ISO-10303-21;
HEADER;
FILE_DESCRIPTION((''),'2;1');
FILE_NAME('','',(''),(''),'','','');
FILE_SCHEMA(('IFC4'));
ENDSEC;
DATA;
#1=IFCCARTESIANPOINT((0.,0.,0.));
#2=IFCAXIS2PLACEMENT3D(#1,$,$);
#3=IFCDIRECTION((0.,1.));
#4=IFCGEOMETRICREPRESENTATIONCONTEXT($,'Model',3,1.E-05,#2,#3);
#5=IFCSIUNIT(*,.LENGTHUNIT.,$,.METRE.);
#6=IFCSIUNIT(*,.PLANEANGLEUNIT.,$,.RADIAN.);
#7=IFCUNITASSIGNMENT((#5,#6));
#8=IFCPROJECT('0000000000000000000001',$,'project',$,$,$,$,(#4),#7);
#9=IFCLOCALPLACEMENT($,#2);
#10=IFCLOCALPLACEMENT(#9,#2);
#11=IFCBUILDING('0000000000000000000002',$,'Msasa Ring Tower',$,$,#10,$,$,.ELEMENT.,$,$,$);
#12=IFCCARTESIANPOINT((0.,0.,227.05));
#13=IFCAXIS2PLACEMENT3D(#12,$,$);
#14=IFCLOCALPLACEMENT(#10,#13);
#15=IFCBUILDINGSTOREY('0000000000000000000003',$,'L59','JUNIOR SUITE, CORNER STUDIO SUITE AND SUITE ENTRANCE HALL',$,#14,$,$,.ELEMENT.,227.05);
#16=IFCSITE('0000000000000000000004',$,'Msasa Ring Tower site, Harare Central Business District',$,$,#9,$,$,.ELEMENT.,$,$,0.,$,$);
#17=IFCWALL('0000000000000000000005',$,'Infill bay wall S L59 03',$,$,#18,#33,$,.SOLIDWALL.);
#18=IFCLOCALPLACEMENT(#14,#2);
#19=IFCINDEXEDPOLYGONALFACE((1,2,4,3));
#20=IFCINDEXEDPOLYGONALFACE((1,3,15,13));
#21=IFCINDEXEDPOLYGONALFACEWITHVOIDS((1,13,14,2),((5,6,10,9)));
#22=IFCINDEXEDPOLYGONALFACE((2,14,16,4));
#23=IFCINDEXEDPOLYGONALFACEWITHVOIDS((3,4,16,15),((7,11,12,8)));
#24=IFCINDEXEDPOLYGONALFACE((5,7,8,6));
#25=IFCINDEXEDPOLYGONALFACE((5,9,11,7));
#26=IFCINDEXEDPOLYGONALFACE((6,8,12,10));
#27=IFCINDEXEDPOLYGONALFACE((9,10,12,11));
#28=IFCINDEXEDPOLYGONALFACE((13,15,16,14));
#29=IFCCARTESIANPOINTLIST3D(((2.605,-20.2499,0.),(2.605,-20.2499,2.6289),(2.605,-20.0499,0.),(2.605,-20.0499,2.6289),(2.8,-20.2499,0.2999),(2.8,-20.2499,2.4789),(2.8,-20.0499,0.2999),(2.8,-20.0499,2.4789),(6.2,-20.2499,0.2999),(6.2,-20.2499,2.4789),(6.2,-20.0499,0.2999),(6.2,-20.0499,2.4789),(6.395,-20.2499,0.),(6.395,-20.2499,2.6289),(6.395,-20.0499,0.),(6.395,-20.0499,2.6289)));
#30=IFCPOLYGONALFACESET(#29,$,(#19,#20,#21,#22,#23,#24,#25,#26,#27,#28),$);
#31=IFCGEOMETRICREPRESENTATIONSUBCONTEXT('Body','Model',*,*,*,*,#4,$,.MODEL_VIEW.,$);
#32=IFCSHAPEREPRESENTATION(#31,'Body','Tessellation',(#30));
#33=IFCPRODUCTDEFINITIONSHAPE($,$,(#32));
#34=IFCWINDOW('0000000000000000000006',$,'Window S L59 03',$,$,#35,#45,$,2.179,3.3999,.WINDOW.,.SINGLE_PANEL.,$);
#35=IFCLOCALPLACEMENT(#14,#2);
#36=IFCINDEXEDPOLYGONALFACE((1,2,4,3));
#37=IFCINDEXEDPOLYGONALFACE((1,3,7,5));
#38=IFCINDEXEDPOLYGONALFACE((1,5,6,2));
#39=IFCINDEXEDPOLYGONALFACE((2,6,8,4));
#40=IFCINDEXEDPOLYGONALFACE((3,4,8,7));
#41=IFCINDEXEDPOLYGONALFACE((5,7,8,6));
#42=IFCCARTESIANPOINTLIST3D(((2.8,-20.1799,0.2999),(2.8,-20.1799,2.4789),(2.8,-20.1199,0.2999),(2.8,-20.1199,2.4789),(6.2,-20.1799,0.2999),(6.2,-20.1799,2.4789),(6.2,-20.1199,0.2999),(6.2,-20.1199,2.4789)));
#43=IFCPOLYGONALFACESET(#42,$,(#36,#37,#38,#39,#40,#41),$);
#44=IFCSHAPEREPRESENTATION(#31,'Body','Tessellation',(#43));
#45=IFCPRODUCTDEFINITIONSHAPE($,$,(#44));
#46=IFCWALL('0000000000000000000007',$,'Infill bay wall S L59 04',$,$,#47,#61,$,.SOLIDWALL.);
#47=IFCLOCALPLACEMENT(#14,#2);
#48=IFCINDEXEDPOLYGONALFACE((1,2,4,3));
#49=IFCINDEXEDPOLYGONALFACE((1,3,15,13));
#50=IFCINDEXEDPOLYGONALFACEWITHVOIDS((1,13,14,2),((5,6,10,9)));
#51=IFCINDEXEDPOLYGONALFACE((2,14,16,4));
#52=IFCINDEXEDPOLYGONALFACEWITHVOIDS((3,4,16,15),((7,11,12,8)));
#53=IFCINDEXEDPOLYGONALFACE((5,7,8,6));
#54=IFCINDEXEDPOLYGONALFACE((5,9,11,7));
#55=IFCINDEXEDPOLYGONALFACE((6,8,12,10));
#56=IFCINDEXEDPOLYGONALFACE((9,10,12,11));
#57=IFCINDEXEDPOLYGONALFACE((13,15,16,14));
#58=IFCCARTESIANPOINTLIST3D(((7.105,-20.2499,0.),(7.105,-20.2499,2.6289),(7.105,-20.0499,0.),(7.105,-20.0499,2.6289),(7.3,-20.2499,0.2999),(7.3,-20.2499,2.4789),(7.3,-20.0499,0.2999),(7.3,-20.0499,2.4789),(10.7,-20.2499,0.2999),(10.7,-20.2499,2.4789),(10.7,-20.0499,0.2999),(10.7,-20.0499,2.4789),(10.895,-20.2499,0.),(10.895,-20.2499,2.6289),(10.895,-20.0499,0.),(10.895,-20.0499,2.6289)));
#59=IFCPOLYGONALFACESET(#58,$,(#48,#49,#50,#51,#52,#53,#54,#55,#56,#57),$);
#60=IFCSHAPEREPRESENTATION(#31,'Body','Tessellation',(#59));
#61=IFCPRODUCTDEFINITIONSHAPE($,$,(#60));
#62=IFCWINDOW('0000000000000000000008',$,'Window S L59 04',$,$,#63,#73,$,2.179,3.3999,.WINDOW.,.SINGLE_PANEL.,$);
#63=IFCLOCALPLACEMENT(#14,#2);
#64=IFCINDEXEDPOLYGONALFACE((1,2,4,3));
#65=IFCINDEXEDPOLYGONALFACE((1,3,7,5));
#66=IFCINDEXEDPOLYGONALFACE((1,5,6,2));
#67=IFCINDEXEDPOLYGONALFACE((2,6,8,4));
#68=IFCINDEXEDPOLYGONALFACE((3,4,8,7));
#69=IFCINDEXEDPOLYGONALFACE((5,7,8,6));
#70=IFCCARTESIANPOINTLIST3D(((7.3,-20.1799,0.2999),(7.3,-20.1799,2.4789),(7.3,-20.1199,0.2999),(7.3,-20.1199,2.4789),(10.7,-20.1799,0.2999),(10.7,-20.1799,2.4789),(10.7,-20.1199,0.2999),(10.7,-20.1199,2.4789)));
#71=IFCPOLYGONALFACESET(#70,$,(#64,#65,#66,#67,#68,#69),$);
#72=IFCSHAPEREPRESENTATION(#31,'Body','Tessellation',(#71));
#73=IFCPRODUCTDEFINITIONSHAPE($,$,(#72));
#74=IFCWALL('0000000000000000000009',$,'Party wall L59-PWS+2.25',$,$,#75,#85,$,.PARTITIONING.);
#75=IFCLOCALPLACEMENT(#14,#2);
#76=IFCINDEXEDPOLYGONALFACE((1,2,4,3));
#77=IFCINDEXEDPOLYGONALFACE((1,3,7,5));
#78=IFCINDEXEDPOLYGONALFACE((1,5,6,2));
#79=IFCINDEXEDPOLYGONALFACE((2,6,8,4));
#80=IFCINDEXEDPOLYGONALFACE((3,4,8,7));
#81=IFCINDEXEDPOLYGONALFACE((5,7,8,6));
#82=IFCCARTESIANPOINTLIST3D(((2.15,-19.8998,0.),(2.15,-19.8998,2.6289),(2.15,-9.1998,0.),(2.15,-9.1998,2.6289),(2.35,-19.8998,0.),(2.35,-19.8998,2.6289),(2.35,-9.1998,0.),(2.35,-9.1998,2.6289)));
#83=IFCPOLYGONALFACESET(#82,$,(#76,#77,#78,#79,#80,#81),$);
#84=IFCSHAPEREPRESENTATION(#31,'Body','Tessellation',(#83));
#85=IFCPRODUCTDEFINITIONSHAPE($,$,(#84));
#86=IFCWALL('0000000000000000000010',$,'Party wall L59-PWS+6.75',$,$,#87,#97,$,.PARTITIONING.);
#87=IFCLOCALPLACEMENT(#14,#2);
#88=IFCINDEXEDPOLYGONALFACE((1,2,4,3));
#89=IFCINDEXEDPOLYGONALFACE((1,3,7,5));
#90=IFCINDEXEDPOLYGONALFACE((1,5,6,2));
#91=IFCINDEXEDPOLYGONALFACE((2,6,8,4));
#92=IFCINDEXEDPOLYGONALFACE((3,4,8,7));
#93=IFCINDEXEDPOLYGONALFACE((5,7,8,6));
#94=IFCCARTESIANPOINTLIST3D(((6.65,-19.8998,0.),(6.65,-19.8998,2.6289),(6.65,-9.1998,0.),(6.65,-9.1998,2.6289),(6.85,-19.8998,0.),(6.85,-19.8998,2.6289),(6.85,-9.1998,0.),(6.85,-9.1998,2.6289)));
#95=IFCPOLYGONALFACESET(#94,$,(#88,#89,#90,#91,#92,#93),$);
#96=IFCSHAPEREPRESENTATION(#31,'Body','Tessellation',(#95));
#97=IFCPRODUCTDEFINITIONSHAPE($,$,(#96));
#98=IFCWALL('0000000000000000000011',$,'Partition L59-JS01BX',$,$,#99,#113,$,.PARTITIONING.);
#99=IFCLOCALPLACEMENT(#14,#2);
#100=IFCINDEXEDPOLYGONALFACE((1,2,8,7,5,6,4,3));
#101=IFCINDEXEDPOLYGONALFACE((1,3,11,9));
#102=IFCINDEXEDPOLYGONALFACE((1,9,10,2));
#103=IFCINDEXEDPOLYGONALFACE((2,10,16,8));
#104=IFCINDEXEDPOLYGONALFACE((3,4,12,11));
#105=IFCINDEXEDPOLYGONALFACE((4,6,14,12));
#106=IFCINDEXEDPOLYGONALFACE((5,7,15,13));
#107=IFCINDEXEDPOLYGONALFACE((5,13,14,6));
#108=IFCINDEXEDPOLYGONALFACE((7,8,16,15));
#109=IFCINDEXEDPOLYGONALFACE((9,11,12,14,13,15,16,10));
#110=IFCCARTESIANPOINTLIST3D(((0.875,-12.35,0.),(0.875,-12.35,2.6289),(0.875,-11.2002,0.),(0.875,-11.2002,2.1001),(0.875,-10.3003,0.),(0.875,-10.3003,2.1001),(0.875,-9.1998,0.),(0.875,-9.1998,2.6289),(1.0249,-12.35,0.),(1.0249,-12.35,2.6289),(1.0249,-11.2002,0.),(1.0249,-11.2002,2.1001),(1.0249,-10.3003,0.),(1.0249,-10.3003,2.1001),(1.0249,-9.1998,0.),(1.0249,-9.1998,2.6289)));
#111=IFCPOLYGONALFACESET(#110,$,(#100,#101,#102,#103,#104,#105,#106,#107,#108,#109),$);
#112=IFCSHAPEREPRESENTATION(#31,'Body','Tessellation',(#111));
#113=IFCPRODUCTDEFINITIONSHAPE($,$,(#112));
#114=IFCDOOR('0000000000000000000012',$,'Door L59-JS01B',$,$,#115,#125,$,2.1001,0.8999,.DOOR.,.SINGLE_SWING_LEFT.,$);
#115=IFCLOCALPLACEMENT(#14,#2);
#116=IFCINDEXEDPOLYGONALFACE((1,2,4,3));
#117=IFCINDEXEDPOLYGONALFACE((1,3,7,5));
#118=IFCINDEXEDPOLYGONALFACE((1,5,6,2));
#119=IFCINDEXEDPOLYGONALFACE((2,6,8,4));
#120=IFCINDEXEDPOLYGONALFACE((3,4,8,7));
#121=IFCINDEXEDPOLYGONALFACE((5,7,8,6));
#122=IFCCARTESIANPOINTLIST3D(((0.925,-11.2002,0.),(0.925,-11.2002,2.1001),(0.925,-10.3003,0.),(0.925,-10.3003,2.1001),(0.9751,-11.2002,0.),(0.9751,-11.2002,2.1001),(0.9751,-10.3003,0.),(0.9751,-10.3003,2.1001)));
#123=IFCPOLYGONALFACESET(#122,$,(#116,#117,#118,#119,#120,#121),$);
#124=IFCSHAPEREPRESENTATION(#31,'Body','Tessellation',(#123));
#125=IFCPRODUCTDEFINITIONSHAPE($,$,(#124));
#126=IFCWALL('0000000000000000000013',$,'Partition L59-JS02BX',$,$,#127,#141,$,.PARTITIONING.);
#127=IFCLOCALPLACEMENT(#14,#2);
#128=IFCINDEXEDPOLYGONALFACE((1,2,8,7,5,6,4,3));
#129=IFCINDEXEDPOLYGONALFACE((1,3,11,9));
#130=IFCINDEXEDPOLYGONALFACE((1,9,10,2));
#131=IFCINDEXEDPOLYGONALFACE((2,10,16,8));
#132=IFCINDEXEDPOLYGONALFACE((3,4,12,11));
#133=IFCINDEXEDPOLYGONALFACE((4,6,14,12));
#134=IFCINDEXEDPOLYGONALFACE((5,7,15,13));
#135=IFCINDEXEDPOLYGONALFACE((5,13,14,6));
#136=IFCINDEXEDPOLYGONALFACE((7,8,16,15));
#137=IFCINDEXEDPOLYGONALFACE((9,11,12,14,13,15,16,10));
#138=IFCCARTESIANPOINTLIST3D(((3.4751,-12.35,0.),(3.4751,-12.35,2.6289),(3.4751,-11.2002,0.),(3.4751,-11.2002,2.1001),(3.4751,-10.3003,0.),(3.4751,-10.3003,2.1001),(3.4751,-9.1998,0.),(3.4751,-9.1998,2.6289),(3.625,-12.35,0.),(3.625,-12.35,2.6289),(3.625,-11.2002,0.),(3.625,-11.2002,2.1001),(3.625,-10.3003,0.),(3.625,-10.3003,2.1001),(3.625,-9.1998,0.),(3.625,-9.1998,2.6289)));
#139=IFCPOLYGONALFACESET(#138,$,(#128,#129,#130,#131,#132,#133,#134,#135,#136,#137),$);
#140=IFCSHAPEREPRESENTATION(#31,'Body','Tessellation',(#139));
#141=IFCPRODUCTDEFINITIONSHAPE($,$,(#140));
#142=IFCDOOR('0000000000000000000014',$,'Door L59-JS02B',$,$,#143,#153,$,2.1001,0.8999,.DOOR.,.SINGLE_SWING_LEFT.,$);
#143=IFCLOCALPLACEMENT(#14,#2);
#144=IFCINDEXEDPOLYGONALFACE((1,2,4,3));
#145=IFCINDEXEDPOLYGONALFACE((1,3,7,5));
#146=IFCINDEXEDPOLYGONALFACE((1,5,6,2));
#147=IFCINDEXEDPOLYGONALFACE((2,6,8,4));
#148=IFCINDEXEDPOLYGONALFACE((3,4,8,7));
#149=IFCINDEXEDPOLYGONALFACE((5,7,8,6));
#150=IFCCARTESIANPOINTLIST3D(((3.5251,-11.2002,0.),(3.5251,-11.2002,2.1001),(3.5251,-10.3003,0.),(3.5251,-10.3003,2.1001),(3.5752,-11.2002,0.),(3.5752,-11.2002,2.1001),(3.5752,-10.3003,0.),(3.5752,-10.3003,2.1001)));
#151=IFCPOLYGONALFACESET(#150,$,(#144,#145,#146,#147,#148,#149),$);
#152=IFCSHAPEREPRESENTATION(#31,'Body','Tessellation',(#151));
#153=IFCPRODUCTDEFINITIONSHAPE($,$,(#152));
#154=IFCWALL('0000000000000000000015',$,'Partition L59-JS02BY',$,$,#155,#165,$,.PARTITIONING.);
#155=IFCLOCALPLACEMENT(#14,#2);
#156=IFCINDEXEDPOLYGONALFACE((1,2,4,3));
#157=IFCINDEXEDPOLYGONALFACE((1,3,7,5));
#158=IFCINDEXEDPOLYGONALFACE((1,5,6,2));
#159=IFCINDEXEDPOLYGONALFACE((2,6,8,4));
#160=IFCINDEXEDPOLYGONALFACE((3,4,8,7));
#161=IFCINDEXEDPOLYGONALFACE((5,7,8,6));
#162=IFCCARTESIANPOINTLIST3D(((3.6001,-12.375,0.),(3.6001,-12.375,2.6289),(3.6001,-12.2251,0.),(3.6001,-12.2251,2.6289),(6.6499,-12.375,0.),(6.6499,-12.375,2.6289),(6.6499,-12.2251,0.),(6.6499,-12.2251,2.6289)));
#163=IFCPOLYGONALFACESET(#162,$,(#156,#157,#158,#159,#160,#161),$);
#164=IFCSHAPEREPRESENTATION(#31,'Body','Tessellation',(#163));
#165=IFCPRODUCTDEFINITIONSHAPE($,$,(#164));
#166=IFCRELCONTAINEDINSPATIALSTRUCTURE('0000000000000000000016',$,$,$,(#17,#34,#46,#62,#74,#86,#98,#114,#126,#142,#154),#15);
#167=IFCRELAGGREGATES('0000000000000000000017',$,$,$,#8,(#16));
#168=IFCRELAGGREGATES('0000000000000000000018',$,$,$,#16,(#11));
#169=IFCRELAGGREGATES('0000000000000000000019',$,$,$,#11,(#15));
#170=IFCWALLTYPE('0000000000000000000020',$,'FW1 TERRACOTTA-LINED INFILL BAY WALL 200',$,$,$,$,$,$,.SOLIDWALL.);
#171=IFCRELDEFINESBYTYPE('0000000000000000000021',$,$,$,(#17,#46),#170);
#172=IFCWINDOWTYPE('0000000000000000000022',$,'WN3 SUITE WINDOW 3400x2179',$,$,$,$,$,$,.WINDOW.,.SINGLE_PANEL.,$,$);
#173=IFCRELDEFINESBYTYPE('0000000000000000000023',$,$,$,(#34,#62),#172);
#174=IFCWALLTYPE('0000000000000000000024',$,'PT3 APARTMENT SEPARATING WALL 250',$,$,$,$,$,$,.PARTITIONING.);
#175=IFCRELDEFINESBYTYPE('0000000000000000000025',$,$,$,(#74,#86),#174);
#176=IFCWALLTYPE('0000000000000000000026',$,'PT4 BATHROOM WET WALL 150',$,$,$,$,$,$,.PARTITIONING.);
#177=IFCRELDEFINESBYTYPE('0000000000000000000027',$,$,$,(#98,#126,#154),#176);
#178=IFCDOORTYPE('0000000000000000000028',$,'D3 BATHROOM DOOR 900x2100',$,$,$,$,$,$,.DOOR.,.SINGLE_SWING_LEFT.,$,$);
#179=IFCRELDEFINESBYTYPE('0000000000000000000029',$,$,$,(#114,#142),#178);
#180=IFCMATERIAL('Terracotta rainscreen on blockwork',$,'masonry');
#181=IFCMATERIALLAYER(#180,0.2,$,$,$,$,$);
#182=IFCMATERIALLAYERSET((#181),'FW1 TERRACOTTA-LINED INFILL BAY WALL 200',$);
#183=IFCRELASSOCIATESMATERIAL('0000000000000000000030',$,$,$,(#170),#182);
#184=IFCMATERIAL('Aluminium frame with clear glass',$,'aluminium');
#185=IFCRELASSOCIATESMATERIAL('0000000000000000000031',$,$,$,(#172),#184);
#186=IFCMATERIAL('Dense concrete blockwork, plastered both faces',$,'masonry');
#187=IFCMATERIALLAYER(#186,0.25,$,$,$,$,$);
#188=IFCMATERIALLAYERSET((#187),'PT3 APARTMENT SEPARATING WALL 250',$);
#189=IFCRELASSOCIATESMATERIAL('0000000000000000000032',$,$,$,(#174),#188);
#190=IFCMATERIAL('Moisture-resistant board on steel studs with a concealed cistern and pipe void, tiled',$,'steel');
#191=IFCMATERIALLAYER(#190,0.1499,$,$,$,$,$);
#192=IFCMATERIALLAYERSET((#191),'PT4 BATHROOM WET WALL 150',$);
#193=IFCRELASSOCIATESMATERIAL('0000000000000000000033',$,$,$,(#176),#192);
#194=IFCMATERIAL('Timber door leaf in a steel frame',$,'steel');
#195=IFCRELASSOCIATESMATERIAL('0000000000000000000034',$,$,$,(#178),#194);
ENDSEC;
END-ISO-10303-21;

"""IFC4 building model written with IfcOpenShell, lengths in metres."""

from ifc_helpers import new_model, si_unit, direction, frame, frame_2d, origin, place, context, subcontext, project, spatial, rectangle, extrude, material, layer, layer_set, type_object, element, fill, save


model = new_model("IFC4")

# Units and contexts
model_context = context("Model", 3, precision=1e-05, world=origin(), true_north=direction((0.0, 1.0)))
body_context = subcontext(model_context, "Body", "Model", "MODEL_VIEW")
ifc_project = project(units=[si_unit("LENGTHUNIT", "METRE"), si_unit("PLANEANGLEUNIT", "RADIAN")], contexts=[model_context])

# Site, building, storey
site_placement = place(None, origin())
site = spatial("IfcSite", under=ifc_project, at=site_placement, Name="Msasa Ring Tower site, Harare Central Business District", CompositionType="ELEMENT", RefElevation=0.0)
building_placement = place(site_placement, origin())
building = spatial("IfcBuilding", under=site, at=building_placement, Name="Msasa Ring Tower", CompositionType="ELEMENT")
storey_placement = place(building_placement, frame((0.0, 0.0, 227.05)))
storey = spatial("IfcBuildingStorey", under=building, at=storey_placement, Name="L59", Description="JUNIOR SUITE, CORNER STUDIO SUITE AND SUITE ENTRANCE HALL", CompositionType="ELEMENT", Elevation=227.05)

# Walls, openings, windows
ifc_material_1 = material(Name="Terracotta rainscreen on blockwork", Category="masonry")
ifc_layer_1 = layer(ifc_material_1, 0.2)
ifc_layer_set_1 = layer_set([ifc_layer_1], Name="FW1 TERRACOTTA-LINED INFILL BAY WALL 200")
wall_type_1 = type_object("IfcWallType", Name="FW1 TERRACOTTA-LINED INFILL BAY WALL 200", PredefinedType="SOLIDWALL", material=ifc_layer_set_1)
wall_1_placement = place(storey_placement, frame((2.605, -20.1499, 0.0), z_axis=(0.0, 0.0, 1.0), x_axis=(1.0, 0.0, 0.0)))
wall_1 = element("IfcWall", 1, at=wall_1_placement, inside=storey, type_object=wall_type_1, Name="Infill bay wall S L59 03", PredefinedType="SOLIDWALL", context=body_context, shape_type="SweptSolid", body=[
    extrude(rectangle(XDim=3.79, YDim=0.2, at=frame_2d((1.895, 0.0))), origin(), (0.0, 0.0, 1.0), 2.6289),
])
opening_1_placement = place(wall_1_placement, frame((0.1951, 0.0, 0.3)))
opening_1 = element("IfcOpeningElement", 2, at=opening_1_placement, cuts=wall_1, PredefinedType="OPENING", context=body_context, shape_type="SweptSolid", body=[
    extrude(rectangle(XDim=3.3999, YDim=2.179, at=frame_2d((1.7, 1.0894))), frame((0.0, 0.1099, 0.0), z_axis=(0.0, -1.0, 0.0), x_axis=(1.0, 0.0, 0.0)), (0.0, 0.0, 1.0), 0.22),
])
ifc_material_2 = material(Name="Aluminium frame with clear glass", Category="aluminium")
window_type = type_object("IfcWindowType", Name="WN3 SUITE WINDOW 3400x2179", PartitioningType="SINGLE_PANEL", PredefinedType="WINDOW", material=ifc_material_2)
window_1_placement = place(opening_1_placement, origin())
window_1 = element("IfcWindow", 3, at=window_1_placement, inside=storey, type_object=window_type, Name="Window S L59 03", OverallHeight=2.179, OverallWidth=3.3999, PartitioningType="SINGLE_PANEL", PredefinedType="WINDOW", context=body_context, shape_type="SweptSolid", body=[
    extrude(rectangle(XDim=3.3999, YDim=2.179, at=frame_2d((1.7, 1.0894))), frame((0.0, 0.03, 0.0), z_axis=(0.0, -1.0, 0.0), x_axis=(1.0, 0.0, 0.0)), (0.0, 0.0, 1.0), 0.0601),
])
fill(opening_1, window_1)
wall_2_placement = place(storey_placement, frame((7.105, -20.1499, 0.0), z_axis=(0.0, 0.0, 1.0), x_axis=(1.0, 0.0, 0.0)))
wall_2 = element("IfcWall", 4, at=wall_2_placement, inside=storey, type_object=wall_type_1, Name="Infill bay wall S L59 04", PredefinedType="SOLIDWALL", context=body_context, shape_type="SweptSolid", body=[
    extrude(rectangle(XDim=3.79, YDim=0.2, at=frame_2d((1.895, 0.0))), origin(), (0.0, 0.0, 1.0), 2.6289),
])
opening_2_placement = place(wall_2_placement, frame((0.1951, 0.0, 0.3)))
opening_2 = element("IfcOpeningElement", 5, at=opening_2_placement, cuts=wall_2, PredefinedType="OPENING", context=body_context, shape_type="SweptSolid", body=[
    extrude(rectangle(XDim=3.3999, YDim=2.179, at=frame_2d((1.7, 1.0894))), frame((0.0, 0.1099, 0.0), z_axis=(0.0, -1.0, 0.0), x_axis=(1.0, 0.0, 0.0)), (0.0, 0.0, 1.0), 0.22),
])
window_2_placement = place(opening_2_placement, origin())
window_2 = element("IfcWindow", 6, at=window_2_placement, inside=storey, type_object=window_type, Name="Window S L59 04", OverallHeight=2.179, OverallWidth=3.3999, PartitioningType="SINGLE_PANEL", PredefinedType="WINDOW", context=body_context, shape_type="SweptSolid", body=[
    extrude(rectangle(XDim=3.3999, YDim=2.179, at=frame_2d((1.7, 1.0894))), frame((0.0, 0.03, 0.0), z_axis=(0.0, -1.0, 0.0), x_axis=(1.0, 0.0, 0.0)), (0.0, 0.0, 1.0), 0.0601),
])
fill(opening_2, window_2)

# Walls
ifc_material_3 = material(Name="Dense concrete blockwork, plastered both faces", Category="masonry")
ifc_layer_2 = layer(ifc_material_3, 0.25)
ifc_layer_set_2 = layer_set([ifc_layer_2], Name="PT3 APARTMENT SEPARATING WALL 250")
wall_type_2 = type_object("IfcWallType", Name="PT3 APARTMENT SEPARATING WALL 250", PredefinedType="PARTITIONING", material=ifc_layer_set_2)
for number, where, z_axis, x_axis, name in (
    (7, (2.25, -19.8999, 0.0), (0.0, 0.0, 1.0), (0.0, 1.0, 0.0), "Party wall L59-PWS+2.25"),
    (8, (6.75, -19.8999, 0.0), (0.0, 0.0, 1.0), (0.0, 1.0, 0.0), "Party wall L59-PWS+6.75"),
):
    element("IfcWall", number, at=place(storey_placement, frame(where, z_axis=z_axis, x_axis=x_axis)), inside=storey, type_object=wall_type_2, Name=name, PredefinedType="PARTITIONING", context=body_context, shape_type="SweptSolid", body=[
        extrude(rectangle(XDim=10.7, YDim=0.2, at=frame_2d((5.3501, 0.0))), origin(), (0.0, 0.0, 1.0), 2.6289),
    ])

# Walls, openings, doors
ifc_material_4 = material(Name="Moisture-resistant board on steel studs with a concealed cistern and pipe void, tiled", Category="steel")
ifc_layer_3 = layer(ifc_material_4, 0.1499)
ifc_layer_set_3 = layer_set([ifc_layer_3], Name="PT4 BATHROOM WET WALL 150")
wall_type_3 = type_object("IfcWallType", Name="PT4 BATHROOM WET WALL 150", PredefinedType="PARTITIONING", material=ifc_layer_set_3)
wall_3_placement = place(storey_placement, frame((0.95, -12.3501, 0.0), z_axis=(0.0, 0.0, 1.0), x_axis=(0.0, 1.0, 0.0)))
wall_3 = element("IfcWall", 9, at=wall_3_placement, inside=storey, type_object=wall_type_3, Name="Partition L59-JS01BX", PredefinedType="PARTITIONING", context=body_context, shape_type="SweptSolid", body=[
    extrude(rectangle(XDim=3.1501, YDim=0.1499, at=frame_2d((1.5752, 0.0))), origin(), (0.0, 0.0, 1.0), 2.6289),
])
opening_3_placement = place(wall_3_placement, frame((1.1499, 0.0, 0.0)))
opening_3 = element("IfcOpeningElement", 10, at=opening_3_placement, cuts=wall_3, PredefinedType="OPENING", context=body_context, shape_type="SweptSolid", body=[
    extrude(rectangle(XDim=0.8999, YDim=2.1001, at=frame_2d((0.45, 1.05))), frame((0.0, 0.085, 0.0), z_axis=(0.0, -1.0, 0.0), x_axis=(1.0, 0.0, 0.0)), (0.0, 0.0, 1.0), 0.1699),
])
ifc_material_5 = material(Name="Timber door leaf in a steel frame", Category="steel")
door_type = type_object("IfcDoorType", Name="D3 BATHROOM DOOR 900x2100", OperationType="SINGLE_SWING_LEFT", PredefinedType="DOOR", material=ifc_material_5)
door_1_placement = place(opening_3_placement, origin())
door_1 = element("IfcDoor", 11, at=door_1_placement, inside=storey, type_object=door_type, Name="Door L59-JS01B", OperationType="SINGLE_SWING_LEFT", OverallHeight=2.1001, OverallWidth=0.8999, PredefinedType="DOOR", context=body_context, shape_type="SweptSolid", body=[
    extrude(rectangle(XDim=0.8999, YDim=2.1001, at=frame_2d((0.45, 1.05))), frame((0.0, 0.0249, 0.0), z_axis=(0.0, -1.0, 0.0), x_axis=(1.0, 0.0, 0.0)), (0.0, 0.0, 1.0), 0.05),
])
fill(opening_3, door_1)
wall_4_placement = place(storey_placement, frame((3.55, -12.3501, 0.0), z_axis=(0.0, 0.0, 1.0), x_axis=(0.0, 1.0, 0.0)))
wall_4 = element("IfcWall", 12, at=wall_4_placement, inside=storey, type_object=wall_type_3, Name="Partition L59-JS02BX", PredefinedType="PARTITIONING", context=body_context, shape_type="SweptSolid", body=[
    extrude(rectangle(XDim=3.1501, YDim=0.1499, at=frame_2d((1.5752, 0.0))), origin(), (0.0, 0.0, 1.0), 2.6289),
])
opening_4_placement = place(wall_4_placement, frame((1.1499, 0.0, 0.0)))
opening_4 = element("IfcOpeningElement", 13, at=opening_4_placement, cuts=wall_4, PredefinedType="OPENING", context=body_context, shape_type="SweptSolid", body=[
    extrude(rectangle(XDim=0.8999, YDim=2.1001, at=frame_2d((0.45, 1.05))), frame((0.0, 0.085, 0.0), z_axis=(0.0, -1.0, 0.0), x_axis=(1.0, 0.0, 0.0)), (0.0, 0.0, 1.0), 0.1699),
])
door_2_placement = place(opening_4_placement, origin())
door_2 = element("IfcDoor", 14, at=door_2_placement, inside=storey, type_object=door_type, Name="Door L59-JS02B", OperationType="SINGLE_SWING_LEFT", OverallHeight=2.1001, OverallWidth=0.8999, PredefinedType="DOOR", context=body_context, shape_type="SweptSolid", body=[
    extrude(rectangle(XDim=0.8999, YDim=2.1001, at=frame_2d((0.45, 1.05))), frame((0.0, 0.0249, 0.0), z_axis=(0.0, -1.0, 0.0), x_axis=(1.0, 0.0, 0.0)), (0.0, 0.0, 1.0), 0.05),
])
fill(opening_4, door_2)

# Wall
wall_5_placement = place(storey_placement, frame((3.6001, -12.3, 0.0), z_axis=(0.0, 0.0, 1.0), x_axis=(1.0, 0.0, 0.0)))
element("IfcWall", 15, at=wall_5_placement, inside=storey, type_object=wall_type_3, Name="Partition L59-JS02BY", PredefinedType="PARTITIONING", context=body_context, shape_type="SweptSolid", body=[
    extrude(rectangle(XDim=3.0498, YDim=0.1499, at=frame_2d((1.5249, 0.0))), origin(), (0.0, 0.0, 1.0), 2.6289),
])

save(model, "model.ifc")
